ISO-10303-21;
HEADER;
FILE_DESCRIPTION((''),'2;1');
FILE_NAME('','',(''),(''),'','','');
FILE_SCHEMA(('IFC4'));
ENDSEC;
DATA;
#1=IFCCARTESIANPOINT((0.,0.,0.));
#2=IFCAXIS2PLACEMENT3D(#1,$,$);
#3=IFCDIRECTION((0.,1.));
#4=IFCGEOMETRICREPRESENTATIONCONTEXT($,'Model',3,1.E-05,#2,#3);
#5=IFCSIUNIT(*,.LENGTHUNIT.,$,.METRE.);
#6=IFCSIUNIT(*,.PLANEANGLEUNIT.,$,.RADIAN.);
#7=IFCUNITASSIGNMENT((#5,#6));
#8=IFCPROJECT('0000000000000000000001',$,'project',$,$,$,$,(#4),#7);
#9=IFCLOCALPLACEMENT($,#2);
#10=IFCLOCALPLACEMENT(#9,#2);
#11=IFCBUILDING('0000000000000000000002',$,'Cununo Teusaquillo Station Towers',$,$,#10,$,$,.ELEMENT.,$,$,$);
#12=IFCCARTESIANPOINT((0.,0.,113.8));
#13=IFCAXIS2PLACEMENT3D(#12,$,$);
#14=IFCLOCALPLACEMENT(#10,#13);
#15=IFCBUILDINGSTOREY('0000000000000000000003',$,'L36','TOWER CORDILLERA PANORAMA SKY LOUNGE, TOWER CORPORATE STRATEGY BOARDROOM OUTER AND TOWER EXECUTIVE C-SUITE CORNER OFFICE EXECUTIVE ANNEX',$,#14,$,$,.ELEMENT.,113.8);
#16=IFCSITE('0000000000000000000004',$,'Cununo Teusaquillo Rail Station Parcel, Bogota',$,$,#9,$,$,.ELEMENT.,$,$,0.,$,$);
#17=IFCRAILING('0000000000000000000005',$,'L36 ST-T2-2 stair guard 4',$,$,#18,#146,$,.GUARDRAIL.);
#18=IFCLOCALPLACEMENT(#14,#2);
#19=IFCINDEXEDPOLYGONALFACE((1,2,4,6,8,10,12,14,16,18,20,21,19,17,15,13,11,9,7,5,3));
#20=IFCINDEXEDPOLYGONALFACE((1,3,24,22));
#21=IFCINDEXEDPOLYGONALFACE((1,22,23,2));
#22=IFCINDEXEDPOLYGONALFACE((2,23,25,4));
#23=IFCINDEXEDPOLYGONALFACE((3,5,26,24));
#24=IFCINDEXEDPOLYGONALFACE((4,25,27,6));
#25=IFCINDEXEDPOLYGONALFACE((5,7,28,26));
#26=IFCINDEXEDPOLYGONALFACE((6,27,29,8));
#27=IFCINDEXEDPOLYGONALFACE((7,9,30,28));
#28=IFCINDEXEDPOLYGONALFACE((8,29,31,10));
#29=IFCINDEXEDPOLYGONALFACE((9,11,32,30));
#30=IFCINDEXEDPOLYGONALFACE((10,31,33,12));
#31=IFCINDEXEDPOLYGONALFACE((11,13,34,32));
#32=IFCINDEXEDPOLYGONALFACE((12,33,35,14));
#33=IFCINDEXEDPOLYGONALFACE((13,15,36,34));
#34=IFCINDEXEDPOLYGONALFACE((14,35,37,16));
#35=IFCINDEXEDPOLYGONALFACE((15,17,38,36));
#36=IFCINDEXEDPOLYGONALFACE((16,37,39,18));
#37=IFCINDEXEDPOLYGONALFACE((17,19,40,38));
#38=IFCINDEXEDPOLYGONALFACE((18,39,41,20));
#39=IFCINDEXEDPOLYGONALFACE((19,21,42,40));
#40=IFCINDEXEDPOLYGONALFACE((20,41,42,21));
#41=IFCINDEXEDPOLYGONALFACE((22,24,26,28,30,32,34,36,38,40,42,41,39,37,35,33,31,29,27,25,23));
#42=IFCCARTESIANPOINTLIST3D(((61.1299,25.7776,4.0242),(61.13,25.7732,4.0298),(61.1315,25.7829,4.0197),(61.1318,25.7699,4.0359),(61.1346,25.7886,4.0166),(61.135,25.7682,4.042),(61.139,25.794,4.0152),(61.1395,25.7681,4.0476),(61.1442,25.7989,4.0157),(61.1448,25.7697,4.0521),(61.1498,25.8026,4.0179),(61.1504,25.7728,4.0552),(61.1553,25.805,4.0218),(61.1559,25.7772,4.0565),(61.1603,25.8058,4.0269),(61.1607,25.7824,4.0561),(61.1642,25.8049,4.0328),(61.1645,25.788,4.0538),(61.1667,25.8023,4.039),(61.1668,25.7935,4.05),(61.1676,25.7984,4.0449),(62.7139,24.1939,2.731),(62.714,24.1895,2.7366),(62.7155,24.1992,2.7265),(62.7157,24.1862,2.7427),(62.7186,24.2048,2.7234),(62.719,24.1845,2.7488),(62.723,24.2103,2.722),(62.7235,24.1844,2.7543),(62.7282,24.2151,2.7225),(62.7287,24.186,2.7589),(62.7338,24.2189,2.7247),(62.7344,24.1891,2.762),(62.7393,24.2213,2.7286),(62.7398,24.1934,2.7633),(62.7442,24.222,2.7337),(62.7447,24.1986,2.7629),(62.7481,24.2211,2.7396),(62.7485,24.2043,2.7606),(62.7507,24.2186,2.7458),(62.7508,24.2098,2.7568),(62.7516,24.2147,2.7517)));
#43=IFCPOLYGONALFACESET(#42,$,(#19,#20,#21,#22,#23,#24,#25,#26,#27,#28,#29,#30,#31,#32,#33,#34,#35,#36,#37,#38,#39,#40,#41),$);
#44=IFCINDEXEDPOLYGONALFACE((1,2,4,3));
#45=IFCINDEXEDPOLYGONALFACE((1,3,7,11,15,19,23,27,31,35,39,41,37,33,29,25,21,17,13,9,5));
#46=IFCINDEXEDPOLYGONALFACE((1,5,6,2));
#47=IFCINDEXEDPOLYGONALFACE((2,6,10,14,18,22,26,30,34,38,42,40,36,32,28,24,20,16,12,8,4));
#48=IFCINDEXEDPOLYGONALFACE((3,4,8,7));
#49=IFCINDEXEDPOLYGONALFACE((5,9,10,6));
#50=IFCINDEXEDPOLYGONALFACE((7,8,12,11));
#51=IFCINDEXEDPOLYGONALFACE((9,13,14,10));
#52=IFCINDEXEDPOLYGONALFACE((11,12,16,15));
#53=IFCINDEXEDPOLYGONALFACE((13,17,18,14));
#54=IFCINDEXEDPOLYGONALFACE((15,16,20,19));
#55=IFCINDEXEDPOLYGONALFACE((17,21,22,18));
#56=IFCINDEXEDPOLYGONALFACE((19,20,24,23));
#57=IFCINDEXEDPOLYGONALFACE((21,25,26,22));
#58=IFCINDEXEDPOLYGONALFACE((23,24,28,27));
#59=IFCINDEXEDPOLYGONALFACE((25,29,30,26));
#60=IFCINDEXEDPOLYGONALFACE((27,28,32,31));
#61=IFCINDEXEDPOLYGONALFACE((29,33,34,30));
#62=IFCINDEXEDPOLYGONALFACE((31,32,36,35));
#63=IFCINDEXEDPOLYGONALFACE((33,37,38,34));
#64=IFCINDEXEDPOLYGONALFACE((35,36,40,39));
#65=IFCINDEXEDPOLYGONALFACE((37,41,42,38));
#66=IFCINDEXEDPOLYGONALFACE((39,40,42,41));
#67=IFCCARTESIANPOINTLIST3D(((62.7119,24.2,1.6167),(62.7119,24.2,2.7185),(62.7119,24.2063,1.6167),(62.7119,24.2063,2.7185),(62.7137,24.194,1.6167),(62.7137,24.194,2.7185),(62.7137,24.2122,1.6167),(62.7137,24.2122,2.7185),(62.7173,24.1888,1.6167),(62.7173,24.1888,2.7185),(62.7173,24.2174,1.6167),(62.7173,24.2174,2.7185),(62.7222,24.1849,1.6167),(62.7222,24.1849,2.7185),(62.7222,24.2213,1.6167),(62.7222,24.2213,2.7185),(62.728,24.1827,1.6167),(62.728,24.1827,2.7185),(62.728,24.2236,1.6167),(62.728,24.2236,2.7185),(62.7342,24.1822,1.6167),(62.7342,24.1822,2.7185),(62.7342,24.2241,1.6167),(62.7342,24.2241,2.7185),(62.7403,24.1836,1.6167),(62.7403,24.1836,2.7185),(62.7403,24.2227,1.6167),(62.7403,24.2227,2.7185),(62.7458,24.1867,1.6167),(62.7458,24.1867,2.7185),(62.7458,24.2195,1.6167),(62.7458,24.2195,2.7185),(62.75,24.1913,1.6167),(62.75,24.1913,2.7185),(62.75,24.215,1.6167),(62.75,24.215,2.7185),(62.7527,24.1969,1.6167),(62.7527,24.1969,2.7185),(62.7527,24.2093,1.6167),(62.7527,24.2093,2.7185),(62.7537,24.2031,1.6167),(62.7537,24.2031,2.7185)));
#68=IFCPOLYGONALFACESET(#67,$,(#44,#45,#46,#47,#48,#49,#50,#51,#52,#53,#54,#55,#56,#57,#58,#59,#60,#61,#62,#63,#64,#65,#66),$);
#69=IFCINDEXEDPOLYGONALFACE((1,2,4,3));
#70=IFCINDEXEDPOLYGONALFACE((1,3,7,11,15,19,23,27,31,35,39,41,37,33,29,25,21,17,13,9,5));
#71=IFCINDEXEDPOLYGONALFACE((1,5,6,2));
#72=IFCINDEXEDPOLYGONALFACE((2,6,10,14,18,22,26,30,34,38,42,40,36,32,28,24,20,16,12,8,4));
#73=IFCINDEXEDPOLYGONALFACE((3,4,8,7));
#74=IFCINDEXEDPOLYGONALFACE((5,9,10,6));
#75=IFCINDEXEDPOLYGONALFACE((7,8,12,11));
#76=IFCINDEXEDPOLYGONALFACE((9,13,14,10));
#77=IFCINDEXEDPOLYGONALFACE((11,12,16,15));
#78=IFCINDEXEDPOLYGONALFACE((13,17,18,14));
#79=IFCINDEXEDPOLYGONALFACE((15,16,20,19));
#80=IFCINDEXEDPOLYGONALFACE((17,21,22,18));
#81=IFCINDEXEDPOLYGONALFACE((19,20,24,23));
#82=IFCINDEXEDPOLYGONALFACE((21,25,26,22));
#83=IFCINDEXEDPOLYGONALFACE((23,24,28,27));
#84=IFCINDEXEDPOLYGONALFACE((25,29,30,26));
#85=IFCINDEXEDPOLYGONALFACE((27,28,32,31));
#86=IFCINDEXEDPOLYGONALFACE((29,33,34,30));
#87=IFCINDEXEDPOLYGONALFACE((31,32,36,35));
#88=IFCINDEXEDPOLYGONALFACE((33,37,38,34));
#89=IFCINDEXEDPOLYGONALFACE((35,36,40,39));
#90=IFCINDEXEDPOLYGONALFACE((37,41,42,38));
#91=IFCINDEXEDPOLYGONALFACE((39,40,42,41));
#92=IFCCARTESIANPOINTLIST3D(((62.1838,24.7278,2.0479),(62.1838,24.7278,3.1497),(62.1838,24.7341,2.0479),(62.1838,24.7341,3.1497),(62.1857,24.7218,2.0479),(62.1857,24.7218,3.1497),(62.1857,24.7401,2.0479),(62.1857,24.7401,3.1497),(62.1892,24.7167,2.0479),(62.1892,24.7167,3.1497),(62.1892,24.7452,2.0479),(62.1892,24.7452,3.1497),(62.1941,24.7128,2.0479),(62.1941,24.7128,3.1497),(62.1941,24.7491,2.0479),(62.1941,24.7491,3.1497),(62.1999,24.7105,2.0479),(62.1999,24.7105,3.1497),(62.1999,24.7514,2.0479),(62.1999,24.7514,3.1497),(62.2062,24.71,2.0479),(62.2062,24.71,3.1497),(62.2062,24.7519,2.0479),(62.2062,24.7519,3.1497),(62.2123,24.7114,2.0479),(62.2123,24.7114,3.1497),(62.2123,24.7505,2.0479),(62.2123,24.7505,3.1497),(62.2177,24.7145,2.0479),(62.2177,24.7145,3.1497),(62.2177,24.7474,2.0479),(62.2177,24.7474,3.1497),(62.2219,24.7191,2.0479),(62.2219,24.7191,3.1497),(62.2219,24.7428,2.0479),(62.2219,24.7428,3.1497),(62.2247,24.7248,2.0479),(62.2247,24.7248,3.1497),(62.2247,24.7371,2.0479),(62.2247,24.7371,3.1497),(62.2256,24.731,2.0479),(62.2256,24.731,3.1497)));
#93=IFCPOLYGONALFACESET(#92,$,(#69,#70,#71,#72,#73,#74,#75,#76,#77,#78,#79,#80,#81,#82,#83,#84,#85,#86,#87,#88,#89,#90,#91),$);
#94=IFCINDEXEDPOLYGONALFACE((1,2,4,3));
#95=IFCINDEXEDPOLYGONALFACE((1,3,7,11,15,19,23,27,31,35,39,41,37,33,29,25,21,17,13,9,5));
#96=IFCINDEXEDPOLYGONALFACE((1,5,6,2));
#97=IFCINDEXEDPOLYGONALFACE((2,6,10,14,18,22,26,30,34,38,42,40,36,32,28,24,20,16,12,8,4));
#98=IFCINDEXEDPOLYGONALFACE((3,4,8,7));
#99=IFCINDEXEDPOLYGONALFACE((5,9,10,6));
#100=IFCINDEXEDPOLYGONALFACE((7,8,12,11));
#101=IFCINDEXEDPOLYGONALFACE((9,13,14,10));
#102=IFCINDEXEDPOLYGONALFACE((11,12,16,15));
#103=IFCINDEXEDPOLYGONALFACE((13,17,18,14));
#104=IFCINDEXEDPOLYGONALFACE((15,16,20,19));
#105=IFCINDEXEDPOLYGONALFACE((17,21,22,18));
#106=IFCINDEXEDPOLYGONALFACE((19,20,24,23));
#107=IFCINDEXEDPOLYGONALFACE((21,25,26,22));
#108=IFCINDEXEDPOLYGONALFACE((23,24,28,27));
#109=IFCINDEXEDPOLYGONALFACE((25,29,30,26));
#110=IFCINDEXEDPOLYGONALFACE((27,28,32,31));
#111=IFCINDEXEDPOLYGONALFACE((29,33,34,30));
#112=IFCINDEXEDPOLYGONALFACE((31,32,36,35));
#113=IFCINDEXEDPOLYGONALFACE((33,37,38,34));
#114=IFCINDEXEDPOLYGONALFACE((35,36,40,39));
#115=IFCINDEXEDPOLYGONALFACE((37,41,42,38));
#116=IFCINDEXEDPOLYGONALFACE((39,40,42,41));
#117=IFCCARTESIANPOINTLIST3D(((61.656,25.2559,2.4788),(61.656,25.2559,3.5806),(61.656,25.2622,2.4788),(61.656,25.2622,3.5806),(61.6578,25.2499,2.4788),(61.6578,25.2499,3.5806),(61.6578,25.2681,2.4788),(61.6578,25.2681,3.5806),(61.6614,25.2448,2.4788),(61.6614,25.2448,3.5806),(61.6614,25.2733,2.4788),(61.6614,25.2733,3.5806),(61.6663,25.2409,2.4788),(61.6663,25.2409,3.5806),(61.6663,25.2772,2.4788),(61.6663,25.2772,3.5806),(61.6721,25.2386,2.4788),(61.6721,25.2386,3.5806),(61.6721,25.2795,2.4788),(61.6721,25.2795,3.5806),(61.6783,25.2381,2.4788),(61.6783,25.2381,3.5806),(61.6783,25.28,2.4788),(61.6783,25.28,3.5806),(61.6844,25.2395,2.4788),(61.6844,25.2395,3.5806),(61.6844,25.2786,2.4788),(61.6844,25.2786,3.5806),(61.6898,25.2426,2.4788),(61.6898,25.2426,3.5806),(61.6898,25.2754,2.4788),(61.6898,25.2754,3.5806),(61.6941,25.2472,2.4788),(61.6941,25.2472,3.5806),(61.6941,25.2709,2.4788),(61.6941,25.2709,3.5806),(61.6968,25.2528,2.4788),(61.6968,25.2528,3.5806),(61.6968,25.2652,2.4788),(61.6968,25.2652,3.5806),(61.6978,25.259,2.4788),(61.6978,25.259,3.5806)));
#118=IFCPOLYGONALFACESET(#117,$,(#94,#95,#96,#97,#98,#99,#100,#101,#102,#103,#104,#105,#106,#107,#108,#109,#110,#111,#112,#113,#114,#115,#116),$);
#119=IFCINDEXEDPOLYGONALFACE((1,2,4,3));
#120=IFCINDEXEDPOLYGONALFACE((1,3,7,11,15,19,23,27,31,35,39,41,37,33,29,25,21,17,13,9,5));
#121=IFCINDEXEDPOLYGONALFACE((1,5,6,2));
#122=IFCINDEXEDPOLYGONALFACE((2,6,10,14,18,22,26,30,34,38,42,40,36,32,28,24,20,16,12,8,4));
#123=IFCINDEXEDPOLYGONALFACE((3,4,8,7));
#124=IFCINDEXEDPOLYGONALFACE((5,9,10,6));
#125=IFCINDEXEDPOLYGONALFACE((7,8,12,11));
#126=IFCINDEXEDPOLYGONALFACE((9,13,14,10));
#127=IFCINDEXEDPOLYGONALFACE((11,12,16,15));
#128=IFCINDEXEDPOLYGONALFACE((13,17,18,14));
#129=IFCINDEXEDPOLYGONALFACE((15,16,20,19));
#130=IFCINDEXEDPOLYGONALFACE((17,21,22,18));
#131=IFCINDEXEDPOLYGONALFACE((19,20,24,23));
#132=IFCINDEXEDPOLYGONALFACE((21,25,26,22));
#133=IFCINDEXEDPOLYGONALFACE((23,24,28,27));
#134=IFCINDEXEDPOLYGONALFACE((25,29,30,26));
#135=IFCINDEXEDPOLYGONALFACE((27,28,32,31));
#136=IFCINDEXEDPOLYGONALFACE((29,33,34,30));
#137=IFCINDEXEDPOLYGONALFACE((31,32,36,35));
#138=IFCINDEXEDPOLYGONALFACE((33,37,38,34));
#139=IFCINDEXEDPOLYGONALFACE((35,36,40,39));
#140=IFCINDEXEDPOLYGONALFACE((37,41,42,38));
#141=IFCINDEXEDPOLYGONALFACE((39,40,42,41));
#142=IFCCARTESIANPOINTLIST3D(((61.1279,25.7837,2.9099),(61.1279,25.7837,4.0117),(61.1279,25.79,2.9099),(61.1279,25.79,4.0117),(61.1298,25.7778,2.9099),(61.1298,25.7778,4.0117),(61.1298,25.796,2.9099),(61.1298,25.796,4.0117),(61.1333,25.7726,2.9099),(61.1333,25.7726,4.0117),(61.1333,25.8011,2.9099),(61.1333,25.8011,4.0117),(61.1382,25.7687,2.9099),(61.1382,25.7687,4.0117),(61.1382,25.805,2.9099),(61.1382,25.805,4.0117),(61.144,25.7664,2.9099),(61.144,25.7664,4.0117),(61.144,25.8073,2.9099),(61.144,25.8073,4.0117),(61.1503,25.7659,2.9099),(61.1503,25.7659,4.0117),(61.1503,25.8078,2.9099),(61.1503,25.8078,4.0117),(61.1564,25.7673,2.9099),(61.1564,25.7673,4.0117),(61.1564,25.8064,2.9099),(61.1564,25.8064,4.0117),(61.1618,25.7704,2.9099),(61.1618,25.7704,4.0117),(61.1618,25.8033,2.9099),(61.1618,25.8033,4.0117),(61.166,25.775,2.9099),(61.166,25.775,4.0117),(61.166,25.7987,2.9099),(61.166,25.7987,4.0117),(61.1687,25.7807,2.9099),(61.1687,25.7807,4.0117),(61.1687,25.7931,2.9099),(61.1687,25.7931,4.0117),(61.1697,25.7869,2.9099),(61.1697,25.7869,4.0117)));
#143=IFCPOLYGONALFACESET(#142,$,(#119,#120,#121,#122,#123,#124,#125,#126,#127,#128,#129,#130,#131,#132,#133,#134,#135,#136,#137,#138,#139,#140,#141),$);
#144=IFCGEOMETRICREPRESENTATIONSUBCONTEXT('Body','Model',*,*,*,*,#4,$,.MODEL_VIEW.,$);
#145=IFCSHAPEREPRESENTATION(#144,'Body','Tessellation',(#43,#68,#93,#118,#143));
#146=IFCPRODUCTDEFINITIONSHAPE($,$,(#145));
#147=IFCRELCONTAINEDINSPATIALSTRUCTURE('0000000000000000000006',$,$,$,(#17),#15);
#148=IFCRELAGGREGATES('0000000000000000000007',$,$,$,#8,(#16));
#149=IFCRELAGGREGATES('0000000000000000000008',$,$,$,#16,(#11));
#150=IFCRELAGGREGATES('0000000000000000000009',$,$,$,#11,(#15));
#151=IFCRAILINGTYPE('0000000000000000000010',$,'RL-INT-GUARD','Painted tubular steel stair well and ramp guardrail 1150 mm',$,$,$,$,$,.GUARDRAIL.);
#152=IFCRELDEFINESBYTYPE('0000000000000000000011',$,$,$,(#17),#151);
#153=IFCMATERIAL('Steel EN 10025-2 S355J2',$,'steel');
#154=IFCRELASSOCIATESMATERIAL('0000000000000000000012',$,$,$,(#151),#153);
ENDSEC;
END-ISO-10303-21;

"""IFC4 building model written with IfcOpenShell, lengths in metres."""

from ifc_helpers import new_model, si_unit, direction, frame, origin, origin_2d, place, context, subcontext, project, spatial, circle, extrude, material, type_object, element, save


model = new_model("IFC4")

# Units and contexts
model_context = context("Model", 3, precision=1e-05, world=origin(), true_north=direction((0.0, 1.0)))
body_context = subcontext(model_context, "Body", "Model", "MODEL_VIEW")
ifc_project = project(units=[si_unit("LENGTHUNIT", "METRE"), si_unit("PLANEANGLEUNIT", "RADIAN")], contexts=[model_context])

# Site, building, storey
site_placement = place(None, origin())
site = spatial("IfcSite", under=ifc_project, at=site_placement, Name="Cununo Teusaquillo Rail Station Parcel, Bogota", CompositionType="ELEMENT", RefElevation=0.0)
building_placement = place(site_placement, origin())
building = spatial("IfcBuilding", under=site, at=building_placement, Name="Cununo Teusaquillo Station Towers", CompositionType="ELEMENT")
storey_placement = place(building_placement, frame((0.0, 0.0, 113.8)))
storey = spatial("IfcBuildingStorey", under=building, at=storey_placement, Name="L36", Description="TOWER CORDILLERA PANORAMA SKY LOUNGE, TOWER CORPORATE STRATEGY BOARDROOM OUTER AND TOWER EXECUTIVE C-SUITE CORNER OFFICE EXECUTIVE ANNEX", CompositionType="ELEMENT", Elevation=113.8)

# Railing
ifc_material_1 = material(Name="Steel EN 10025-2 S355J2", Category="steel")
railing_type_1 = type_object("IfcRailingType", Name="RL-INT-GUARD", Description="Painted tubular steel stair well and ramp guardrail 1150 mm", PredefinedType="GUARDRAIL", material=ifc_material_1)
railing_1_placement = place(storey_placement, frame((62.7327, 24.2031, 1.6167)))
element("IfcRailing", 1, at=railing_1_placement, inside=storey, type_object=railing_type_1, Name="L36 ST-T2-2 stair guard 4", PredefinedType="GUARDRAIL", context=body_context, shape_type="SweptSolid", body=[
    extrude(circle(Radius=0.0239, at=origin_2d()), frame((0.0, 0.0, 1.126), z_axis=(-0.61242, 0.612326, 0.499998), x_axis=(-0.707052, -0.707161, 0.0)), (0.0, 0.0, 1.0), 2.5864),
    extrude(circle(Radius=0.021, at=origin_2d()), origin(), (0.0, 0.0, 1.0), 1.1018),
    extrude(circle(Radius=0.021, at=origin_2d()), frame((-0.5281, 0.5278, 0.4312)), (0.0, 0.0, 1.0), 1.1018),
    extrude(circle(Radius=0.021, at=origin_2d()), frame((-1.0559, 1.0559, 0.8621)), (0.0, 0.0, 1.0), 1.1018),
    extrude(circle(Radius=0.021, at=origin_2d()), frame((-1.584, 1.5837, 1.2932)), (0.0, 0.0, 1.0), 1.1018),
])

save(model, "model.ifc")
